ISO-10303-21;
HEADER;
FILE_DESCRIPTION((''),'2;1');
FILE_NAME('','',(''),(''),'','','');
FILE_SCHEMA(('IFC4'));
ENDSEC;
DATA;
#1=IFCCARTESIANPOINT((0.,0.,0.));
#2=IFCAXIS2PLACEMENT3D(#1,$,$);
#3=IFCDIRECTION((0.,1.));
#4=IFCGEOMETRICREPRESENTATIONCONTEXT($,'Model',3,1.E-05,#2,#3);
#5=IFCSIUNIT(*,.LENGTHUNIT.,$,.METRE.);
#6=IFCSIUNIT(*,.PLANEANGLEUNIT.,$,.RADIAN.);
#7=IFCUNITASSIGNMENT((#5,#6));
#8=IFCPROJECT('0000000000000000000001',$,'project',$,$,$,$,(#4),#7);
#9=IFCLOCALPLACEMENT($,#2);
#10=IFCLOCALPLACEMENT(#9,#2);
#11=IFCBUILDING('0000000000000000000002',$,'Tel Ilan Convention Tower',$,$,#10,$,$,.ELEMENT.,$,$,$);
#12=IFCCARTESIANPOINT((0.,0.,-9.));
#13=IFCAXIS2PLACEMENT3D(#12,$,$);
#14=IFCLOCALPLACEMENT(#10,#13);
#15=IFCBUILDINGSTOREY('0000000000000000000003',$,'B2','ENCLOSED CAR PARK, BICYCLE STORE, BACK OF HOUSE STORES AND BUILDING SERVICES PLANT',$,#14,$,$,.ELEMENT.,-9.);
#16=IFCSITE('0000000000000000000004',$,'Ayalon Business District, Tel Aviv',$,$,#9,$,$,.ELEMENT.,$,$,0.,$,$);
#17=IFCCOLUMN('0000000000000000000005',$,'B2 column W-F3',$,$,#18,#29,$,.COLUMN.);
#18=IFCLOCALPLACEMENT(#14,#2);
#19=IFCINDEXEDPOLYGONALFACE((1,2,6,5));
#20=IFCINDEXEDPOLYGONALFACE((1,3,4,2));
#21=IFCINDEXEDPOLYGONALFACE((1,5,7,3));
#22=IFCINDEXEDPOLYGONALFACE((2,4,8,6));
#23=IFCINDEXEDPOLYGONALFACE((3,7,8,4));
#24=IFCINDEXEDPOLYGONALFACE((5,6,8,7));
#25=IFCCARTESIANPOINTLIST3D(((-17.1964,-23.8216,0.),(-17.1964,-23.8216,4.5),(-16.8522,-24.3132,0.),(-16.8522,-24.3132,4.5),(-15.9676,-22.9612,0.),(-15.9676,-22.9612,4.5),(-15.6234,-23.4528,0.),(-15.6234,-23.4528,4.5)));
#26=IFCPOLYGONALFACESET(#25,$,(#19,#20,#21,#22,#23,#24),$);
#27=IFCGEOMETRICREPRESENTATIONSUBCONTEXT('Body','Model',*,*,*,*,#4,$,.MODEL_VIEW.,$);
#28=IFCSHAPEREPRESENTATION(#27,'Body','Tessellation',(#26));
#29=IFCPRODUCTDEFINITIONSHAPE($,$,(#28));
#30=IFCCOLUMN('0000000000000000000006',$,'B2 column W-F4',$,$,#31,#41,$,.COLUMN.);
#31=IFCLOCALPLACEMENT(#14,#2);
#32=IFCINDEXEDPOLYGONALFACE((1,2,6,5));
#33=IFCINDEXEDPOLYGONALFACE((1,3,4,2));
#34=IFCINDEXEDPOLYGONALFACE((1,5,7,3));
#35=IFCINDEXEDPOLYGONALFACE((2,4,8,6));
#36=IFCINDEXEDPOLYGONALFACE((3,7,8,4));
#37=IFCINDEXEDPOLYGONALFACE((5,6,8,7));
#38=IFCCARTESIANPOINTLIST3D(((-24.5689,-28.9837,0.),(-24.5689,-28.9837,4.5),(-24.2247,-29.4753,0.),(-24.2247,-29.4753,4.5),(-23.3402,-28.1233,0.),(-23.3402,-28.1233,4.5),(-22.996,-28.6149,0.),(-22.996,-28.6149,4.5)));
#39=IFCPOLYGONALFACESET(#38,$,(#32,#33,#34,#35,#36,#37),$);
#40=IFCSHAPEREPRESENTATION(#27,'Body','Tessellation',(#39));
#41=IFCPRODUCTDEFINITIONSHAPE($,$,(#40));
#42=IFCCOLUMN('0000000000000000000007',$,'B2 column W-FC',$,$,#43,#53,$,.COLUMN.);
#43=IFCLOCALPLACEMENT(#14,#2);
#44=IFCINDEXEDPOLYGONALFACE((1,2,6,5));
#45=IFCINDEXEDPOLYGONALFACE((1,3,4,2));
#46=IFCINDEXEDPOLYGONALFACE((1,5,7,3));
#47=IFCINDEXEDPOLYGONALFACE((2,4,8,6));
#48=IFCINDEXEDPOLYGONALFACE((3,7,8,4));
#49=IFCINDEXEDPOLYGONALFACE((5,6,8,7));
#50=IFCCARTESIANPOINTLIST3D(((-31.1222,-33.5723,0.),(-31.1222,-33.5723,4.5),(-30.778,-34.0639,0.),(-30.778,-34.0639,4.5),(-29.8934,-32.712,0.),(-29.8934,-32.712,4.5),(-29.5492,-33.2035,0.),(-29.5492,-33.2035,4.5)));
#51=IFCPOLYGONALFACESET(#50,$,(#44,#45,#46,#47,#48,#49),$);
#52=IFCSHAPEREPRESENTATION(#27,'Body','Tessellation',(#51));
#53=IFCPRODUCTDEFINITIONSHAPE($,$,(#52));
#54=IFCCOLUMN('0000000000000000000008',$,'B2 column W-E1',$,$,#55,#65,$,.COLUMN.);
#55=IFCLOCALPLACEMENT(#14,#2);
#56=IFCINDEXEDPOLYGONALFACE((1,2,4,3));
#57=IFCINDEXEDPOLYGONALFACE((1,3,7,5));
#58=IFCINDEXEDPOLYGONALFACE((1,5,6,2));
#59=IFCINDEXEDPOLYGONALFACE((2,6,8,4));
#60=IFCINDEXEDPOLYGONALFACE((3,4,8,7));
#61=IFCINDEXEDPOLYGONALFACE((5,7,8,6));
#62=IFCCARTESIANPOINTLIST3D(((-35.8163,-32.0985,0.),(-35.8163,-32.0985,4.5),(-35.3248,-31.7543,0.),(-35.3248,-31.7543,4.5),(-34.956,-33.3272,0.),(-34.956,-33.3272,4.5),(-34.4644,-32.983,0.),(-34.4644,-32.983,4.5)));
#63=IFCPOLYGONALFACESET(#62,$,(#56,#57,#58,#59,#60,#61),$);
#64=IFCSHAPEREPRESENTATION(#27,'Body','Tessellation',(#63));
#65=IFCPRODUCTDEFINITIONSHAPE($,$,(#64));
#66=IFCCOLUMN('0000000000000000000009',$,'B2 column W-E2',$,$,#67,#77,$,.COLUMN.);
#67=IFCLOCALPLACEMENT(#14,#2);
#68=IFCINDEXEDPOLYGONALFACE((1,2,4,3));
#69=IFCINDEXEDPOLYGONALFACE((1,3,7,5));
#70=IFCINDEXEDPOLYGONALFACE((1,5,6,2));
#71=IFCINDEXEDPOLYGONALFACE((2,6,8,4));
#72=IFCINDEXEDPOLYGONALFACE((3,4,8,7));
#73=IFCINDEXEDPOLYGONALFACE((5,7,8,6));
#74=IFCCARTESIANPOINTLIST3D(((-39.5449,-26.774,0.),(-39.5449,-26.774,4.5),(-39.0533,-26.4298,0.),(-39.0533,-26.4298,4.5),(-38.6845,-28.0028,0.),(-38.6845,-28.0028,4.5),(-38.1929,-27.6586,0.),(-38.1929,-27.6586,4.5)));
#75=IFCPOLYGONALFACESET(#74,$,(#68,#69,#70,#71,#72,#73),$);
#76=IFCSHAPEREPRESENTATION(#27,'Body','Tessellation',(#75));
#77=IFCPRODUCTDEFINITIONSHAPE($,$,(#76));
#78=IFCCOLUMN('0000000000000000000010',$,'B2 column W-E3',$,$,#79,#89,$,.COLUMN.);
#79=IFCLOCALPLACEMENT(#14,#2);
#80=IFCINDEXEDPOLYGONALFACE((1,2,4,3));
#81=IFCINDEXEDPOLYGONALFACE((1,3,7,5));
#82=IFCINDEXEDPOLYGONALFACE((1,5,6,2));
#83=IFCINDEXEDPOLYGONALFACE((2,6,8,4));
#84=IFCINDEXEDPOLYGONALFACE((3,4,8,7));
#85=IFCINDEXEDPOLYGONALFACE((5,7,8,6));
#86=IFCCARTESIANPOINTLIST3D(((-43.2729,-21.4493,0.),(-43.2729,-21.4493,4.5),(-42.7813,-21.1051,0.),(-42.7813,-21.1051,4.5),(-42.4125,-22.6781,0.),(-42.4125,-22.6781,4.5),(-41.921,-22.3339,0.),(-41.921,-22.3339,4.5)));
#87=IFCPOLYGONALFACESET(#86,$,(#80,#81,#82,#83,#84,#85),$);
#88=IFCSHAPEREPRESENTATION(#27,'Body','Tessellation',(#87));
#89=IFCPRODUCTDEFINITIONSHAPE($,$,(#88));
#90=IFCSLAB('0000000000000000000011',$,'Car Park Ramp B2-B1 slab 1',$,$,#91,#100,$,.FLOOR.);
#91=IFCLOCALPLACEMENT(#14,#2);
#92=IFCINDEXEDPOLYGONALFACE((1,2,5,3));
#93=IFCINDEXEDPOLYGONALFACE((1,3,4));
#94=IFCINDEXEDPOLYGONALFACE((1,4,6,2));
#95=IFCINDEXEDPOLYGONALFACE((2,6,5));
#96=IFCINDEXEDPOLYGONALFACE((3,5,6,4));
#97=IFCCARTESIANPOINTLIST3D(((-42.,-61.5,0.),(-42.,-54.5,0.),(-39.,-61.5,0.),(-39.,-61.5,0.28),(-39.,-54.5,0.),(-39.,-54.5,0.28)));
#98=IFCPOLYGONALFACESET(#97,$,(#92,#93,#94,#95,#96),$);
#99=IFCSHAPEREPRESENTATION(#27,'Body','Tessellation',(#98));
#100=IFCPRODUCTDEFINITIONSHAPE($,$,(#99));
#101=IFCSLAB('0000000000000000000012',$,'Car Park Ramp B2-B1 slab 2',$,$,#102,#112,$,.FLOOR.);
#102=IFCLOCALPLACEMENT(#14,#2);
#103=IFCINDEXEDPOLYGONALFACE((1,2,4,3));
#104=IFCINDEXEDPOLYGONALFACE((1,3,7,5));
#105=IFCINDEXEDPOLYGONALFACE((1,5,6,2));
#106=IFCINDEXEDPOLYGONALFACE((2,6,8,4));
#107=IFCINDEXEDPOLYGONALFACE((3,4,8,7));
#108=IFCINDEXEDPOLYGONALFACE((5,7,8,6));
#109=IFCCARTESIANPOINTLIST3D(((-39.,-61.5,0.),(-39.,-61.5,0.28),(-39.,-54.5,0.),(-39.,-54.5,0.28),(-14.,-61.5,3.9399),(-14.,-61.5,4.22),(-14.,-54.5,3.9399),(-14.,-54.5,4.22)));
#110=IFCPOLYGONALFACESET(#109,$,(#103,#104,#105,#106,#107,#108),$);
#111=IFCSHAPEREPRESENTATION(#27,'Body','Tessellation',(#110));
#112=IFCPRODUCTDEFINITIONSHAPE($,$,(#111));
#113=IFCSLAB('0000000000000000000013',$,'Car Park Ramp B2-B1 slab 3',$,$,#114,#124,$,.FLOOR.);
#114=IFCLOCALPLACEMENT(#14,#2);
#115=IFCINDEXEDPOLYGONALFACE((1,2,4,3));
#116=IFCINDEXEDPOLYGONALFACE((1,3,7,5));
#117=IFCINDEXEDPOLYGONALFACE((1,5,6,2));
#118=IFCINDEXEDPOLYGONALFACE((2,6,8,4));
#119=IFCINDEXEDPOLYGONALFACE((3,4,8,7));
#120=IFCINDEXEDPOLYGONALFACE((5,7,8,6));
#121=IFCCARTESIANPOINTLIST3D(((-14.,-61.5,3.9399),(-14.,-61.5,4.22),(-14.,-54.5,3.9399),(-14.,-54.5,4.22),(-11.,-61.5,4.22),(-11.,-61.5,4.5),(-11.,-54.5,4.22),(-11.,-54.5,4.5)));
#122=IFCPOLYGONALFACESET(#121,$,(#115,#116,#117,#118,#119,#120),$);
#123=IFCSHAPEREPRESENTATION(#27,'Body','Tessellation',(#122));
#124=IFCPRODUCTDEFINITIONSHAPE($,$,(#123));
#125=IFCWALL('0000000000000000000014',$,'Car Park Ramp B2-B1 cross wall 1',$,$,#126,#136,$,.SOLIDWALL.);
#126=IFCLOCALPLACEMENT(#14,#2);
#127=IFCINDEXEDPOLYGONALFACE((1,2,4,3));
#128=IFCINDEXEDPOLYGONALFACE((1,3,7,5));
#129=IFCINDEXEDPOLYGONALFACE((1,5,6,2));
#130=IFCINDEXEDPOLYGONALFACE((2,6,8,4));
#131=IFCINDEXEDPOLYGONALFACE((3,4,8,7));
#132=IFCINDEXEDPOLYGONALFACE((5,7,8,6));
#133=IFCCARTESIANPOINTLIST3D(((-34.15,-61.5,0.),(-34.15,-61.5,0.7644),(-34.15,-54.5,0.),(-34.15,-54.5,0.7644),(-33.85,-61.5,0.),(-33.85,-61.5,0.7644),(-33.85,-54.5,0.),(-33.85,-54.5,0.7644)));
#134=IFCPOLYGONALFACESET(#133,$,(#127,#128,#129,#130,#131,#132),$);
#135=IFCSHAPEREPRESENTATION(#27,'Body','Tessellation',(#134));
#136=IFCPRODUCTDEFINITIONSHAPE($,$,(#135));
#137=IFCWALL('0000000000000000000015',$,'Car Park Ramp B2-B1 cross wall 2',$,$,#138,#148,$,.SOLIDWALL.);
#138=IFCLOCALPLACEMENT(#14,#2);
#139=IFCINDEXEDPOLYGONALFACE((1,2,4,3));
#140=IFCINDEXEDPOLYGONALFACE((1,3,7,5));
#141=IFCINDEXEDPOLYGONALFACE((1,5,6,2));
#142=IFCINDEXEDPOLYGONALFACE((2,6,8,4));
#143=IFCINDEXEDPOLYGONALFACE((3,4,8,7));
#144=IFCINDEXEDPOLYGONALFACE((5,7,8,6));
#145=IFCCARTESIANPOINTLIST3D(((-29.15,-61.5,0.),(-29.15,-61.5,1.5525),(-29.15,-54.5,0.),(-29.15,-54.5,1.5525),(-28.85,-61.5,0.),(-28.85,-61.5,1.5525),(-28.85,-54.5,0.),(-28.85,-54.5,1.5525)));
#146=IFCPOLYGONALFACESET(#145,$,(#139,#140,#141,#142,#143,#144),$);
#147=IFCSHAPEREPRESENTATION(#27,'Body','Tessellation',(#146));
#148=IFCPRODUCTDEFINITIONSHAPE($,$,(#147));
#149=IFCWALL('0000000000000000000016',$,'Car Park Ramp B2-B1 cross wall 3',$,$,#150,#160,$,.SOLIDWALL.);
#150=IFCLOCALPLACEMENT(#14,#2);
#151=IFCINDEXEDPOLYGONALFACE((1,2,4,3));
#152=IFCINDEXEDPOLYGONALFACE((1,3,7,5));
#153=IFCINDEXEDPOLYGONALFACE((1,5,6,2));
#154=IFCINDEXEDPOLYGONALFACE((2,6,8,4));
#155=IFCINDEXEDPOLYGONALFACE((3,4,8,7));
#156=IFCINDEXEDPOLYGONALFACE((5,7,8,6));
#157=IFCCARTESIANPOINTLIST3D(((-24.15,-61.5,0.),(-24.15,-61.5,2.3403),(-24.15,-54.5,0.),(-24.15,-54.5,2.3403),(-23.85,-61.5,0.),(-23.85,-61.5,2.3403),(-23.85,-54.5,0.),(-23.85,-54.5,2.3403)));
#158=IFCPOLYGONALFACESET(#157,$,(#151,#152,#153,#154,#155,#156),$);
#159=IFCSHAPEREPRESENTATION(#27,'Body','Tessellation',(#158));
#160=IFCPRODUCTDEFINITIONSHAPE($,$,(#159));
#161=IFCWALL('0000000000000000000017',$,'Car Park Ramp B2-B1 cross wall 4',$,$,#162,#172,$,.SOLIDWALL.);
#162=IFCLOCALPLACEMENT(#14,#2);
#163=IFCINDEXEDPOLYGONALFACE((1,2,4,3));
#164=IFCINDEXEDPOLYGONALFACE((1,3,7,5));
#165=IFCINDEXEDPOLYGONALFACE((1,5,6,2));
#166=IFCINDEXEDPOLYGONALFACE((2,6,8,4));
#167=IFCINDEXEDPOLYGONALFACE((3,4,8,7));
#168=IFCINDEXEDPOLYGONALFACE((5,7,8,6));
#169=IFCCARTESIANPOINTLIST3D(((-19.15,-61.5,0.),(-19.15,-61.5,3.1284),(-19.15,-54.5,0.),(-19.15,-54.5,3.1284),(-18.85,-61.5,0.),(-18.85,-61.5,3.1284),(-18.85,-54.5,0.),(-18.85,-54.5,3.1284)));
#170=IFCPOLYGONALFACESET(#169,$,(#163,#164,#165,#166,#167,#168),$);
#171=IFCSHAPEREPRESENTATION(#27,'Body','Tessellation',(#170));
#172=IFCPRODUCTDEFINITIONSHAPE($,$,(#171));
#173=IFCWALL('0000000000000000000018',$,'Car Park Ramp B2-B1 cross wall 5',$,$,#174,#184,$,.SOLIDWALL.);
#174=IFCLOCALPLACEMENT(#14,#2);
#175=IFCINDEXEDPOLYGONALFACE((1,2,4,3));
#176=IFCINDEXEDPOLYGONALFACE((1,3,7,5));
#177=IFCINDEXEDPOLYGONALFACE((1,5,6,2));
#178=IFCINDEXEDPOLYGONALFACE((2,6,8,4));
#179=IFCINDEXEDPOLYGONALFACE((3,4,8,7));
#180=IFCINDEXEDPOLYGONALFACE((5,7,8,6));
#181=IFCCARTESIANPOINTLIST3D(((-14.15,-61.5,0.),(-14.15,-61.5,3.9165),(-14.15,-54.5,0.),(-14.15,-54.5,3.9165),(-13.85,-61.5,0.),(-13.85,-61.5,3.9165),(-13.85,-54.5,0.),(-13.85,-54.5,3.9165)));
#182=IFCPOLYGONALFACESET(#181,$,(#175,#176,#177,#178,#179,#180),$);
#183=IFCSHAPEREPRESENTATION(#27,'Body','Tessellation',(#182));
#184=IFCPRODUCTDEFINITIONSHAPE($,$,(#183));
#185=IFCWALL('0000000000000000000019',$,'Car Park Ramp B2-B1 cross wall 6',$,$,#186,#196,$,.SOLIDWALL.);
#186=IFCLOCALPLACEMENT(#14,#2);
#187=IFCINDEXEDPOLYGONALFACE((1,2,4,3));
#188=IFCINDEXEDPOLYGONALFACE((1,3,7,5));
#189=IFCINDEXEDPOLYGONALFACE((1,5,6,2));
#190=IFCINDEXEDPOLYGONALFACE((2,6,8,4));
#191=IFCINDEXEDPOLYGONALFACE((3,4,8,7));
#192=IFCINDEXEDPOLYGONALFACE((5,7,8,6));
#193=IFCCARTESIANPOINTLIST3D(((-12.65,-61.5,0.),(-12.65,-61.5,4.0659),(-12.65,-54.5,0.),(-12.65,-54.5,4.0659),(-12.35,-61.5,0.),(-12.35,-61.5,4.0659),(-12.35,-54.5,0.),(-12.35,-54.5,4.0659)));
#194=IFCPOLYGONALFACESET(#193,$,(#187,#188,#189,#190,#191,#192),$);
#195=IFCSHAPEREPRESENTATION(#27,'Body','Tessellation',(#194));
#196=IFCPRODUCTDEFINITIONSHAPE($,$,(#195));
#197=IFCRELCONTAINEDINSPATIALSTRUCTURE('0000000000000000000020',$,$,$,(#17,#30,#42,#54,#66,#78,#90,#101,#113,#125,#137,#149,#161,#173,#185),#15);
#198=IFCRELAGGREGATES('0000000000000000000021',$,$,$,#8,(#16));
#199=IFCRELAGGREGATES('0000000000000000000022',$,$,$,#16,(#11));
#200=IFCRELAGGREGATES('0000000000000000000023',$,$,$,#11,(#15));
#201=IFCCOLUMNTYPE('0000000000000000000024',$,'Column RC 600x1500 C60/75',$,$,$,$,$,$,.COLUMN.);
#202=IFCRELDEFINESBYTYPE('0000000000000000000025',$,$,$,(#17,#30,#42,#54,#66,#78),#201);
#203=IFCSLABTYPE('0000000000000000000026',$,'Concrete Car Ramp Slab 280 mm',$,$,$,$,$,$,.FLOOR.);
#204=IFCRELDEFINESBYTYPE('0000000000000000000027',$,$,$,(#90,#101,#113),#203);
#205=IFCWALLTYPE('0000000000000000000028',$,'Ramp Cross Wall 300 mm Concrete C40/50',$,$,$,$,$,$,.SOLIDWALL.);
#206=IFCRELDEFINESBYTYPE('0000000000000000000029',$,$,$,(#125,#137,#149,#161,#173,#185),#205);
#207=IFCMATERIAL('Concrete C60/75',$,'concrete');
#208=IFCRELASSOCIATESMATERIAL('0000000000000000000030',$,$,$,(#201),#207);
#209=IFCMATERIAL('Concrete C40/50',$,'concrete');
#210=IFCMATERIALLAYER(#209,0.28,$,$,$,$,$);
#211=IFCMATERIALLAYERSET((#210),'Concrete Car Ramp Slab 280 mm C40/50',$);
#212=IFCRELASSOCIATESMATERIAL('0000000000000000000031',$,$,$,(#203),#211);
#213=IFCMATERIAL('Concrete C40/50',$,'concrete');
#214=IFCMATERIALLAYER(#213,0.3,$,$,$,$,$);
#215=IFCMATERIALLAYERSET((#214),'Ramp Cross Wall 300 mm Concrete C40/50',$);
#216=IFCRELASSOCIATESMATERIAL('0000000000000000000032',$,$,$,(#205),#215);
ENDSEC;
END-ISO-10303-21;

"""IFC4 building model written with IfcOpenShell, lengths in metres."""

from ifc_helpers import new_model, si_unit, direction, frame, frame_2d, origin, origin_2d, place, context, subcontext, project, spatial, polyline, rectangle, outline, extrude, material, layer, layer_set, material_profile, profile_set, type_object, element, save


model = new_model("IFC4")

# Units and contexts
model_context = context("Model", 3, precision=1e-05, world=origin(), true_north=direction((0.0, 1.0)))
body_context = subcontext(model_context, "Body", "Model", "MODEL_VIEW")
ifc_project = project(units=[si_unit("LENGTHUNIT", "METRE"), si_unit("PLANEANGLEUNIT", "RADIAN")], contexts=[model_context])

# Site, building, storey
site_placement = place(None, origin())
site = spatial("IfcSite", under=ifc_project, at=site_placement, Name="Ayalon Business District, Tel Aviv", CompositionType="ELEMENT", RefElevation=0.0)
building_placement = place(site_placement, origin())
building = spatial("IfcBuilding", under=site, at=building_placement, Name="Tel Ilan Convention Tower", CompositionType="ELEMENT")
storey_placement = place(building_placement, frame((0.0, 0.0, -9.0)))
storey = spatial("IfcBuildingStorey", under=building, at=storey_placement, Name="B2", Description="ENCLOSED CAR PARK, BICYCLE STORE, BACK OF HOUSE STORES AND BUILDING SERVICES PLANT", CompositionType="ELEMENT", Elevation=-9.0)

# Columns
ifc_material_1 = material(Name="Concrete C60/75", Category="concrete")
ifc_material_profile_1 = material_profile(ifc_material_1, rectangle(XDim=1.5, YDim=0.6001, at=origin_2d()), Name="RC 600x1500")
ifc_profile_set_1 = profile_set([ifc_material_profile_1], Name="Concrete C60/75")
column_type_1 = type_object("IfcColumnType", Name="Column RC 600x1500 C60/75", PredefinedType="COLUMN", material=ifc_profile_set_1)
for number, where, z_axis, x_axis, name in (
    (1, (-16.4099, -23.6372, 0.0), (0.0, 0.0, 1.0), (-0.819152, -0.573576, 0.0), "B2 column W-F3"),
    (2, (-23.7825, -28.7993, 0.0), (0.0, 0.0, 1.0), (-0.819152, -0.573576, 0.0), "B2 column W-F4"),
    (3, (-30.3357, -33.3879, 0.0), (0.0, 0.0, 1.0), (-0.819152, -0.573576, 0.0), "B2 column W-FC"),
    (4, (-35.1404, -32.5408, 0.0), (0.0, 0.0, 1.0), (-0.573576, 0.819152, 0.0), "B2 column W-E1"),
    (5, (-38.8689, -27.2163, 0.0), (0.0, 0.0, 1.0), (-0.573576, 0.819152, 0.0), "B2 column W-E2"),
    (6, (-42.5969, -21.8916, 0.0), (0.0, 0.0, 1.0), (-0.573576, 0.819152, 0.0), "B2 column W-E3"),
):
    element("IfcColumn", number, at=place(storey_placement, frame(where, z_axis=z_axis, x_axis=x_axis)), inside=storey, type_object=column_type_1, Name=name, PredefinedType="COLUMN", context=body_context, shape_type="SweptSolid", body=[
        extrude(rectangle(XDim=1.5, YDim=0.6001, at=origin_2d()), origin(), (0.0, 0.0, 1.0), 4.5),
    ])

# Slabs
ifc_material_2 = material(Name="Concrete C40/50", Category="concrete")
ifc_layer_1 = layer(ifc_material_2, 0.28)
ifc_layer_set_1 = layer_set([ifc_layer_1], Name="Concrete Car Ramp Slab 280 mm C40/50")
slab_type = type_object("IfcSlabType", Name="Concrete Car Ramp Slab 280 mm", PredefinedType="FLOOR", material=ifc_layer_set_1)
slab_1_placement = place(storey_placement, frame((-42.0, -58.0, 0.0), z_axis=(0.0, 0.0, 1.0), x_axis=(1.0, 0.0, 0.0)))
element("IfcSlab", 7, at=slab_1_placement, inside=storey, type_object=slab_type, Name="Car Park Ramp B2-B1 slab 1", PredefinedType="FLOOR", context=body_context, shape_type="SweptSolid", body=[
    extrude(outline(polyline([(0.0, 0.0), (3.0, 0.0), (3.0, 0.28), (0.0, 0.0), (0.0, 0.0)])), frame((0.0, 3.5, 0.0), z_axis=(0.0, -1.0, 0.0), x_axis=(1.0, 0.0, 0.0)), (0.0, 0.0, 1.0), 7.0),
])
slab_2_placement = place(storey_placement, frame((-39.0, -61.5, 0.28), z_axis=(-0.155676, 0.0, 0.987808), x_axis=(0.987808, 0.0, 0.155676)))
element("IfcSlab", 8, at=slab_2_placement, inside=storey, type_object=slab_type, Name="Car Park Ramp B2-B1 slab 2", PredefinedType="FLOOR", context=body_context, shape_type="SweptSolid", body=[
    extrude(outline(polyline([(0.0, 0.0), (25.3086, 0.0), (25.3086, 7.0), (0.0, 7.0), (0.0, 0.0)])), origin(), (-0.155676, 0.0, -0.987808), 0.28),
])
slab_3_placement = place(storey_placement, frame((-14.0, -61.5, 4.22), z_axis=(-0.092939, 0.0, 0.995672), x_axis=(0.995672, 0.0, 0.092939)))
element("IfcSlab", 9, at=slab_3_placement, inside=storey, type_object=slab_type, Name="Car Park Ramp B2-B1 slab 3", PredefinedType="FLOOR", context=body_context, shape_type="SweptSolid", body=[
    extrude(outline(polyline([(0.0, 0.0), (3.013, 0.0), (3.013, 7.0), (0.0, 7.0), (0.0, 0.0)])), origin(), (-0.092939, 0.0, -0.995672), 0.28),
])

# Walls
ifc_material_3 = material(Name="Concrete C40/50", Category="concrete")
ifc_layer_2 = layer(ifc_material_3, 0.3)
ifc_layer_set_2 = layer_set([ifc_layer_2], Name="Ramp Cross Wall 300 mm Concrete C40/50")
wall_type = type_object("IfcWallType", Name="Ramp Cross Wall 300 mm Concrete C40/50", PredefinedType="SOLIDWALL", material=ifc_layer_set_2)
wall_1_placement = place(storey_placement, frame((-34.0, -61.5, 0.0), z_axis=(0.0, 0.0, 1.0), x_axis=(0.0, 1.0, 0.0)))
element("IfcWall", 10, at=wall_1_placement, inside=storey, type_object=wall_type, Name="Car Park Ramp B2-B1 cross wall 1", PredefinedType="SOLIDWALL", context=body_context, shape_type="SweptSolid", body=[
    extrude(rectangle(XDim=7.0, YDim=0.3, at=frame_2d((3.5, 0.0))), origin(), (0.0, 0.0, 1.0), 0.7644),
])
wall_2_placement = place(storey_placement, frame((-29.0, -61.5, 0.0), z_axis=(0.0, 0.0, 1.0), x_axis=(0.0, 1.0, 0.0)))
element("IfcWall", 11, at=wall_2_placement, inside=storey, type_object=wall_type, Name="Car Park Ramp B2-B1 cross wall 2", PredefinedType="SOLIDWALL", context=body_context, shape_type="SweptSolid", body=[
    extrude(rectangle(XDim=7.0, YDim=0.3, at=frame_2d((3.5, 0.0))), origin(), (0.0, 0.0, 1.0), 1.5525),
])
wall_3_placement = place(storey_placement, frame((-24.0, -61.5, 0.0), z_axis=(0.0, 0.0, 1.0), x_axis=(0.0, 1.0, 0.0)))
element("IfcWall", 12, at=wall_3_placement, inside=storey, type_object=wall_type, Name="Car Park Ramp B2-B1 cross wall 3", PredefinedType="SOLIDWALL", context=body_context, shape_type="SweptSolid", body=[
    extrude(rectangle(XDim=7.0, YDim=0.3, at=frame_2d((3.5, 0.0))), origin(), (0.0, 0.0, 1.0), 2.3403),
])
wall_4_placement = place(storey_placement, frame((-19.0, -61.5, 0.0), z_axis=(0.0, 0.0, 1.0), x_axis=(0.0, 1.0, 0.0)))
element("IfcWall", 13, at=wall_4_placement, inside=storey, type_object=wall_type, Name="Car Park Ramp B2-B1 cross wall 4", PredefinedType="SOLIDWALL", context=body_context, shape_type="SweptSolid", body=[
    extrude(rectangle(XDim=7.0, YDim=0.3, at=frame_2d((3.5, 0.0))), origin(), (0.0, 0.0, 1.0), 3.1284),
])
wall_5_placement = place(storey_placement, frame((-14.0, -61.5, 0.0), z_axis=(0.0, 0.0, 1.0), x_axis=(0.0, 1.0, 0.0)))
element("IfcWall", 14, at=wall_5_placement, inside=storey, type_object=wall_type, Name="Car Park Ramp B2-B1 cross wall 5", PredefinedType="SOLIDWALL", context=body_context, shape_type="SweptSolid", body=[
    extrude(rectangle(XDim=7.0, YDim=0.3, at=frame_2d((3.5, 0.0))), origin(), (0.0, 0.0, 1.0), 3.9165),
])
wall_6_placement = place(storey_placement, frame((-12.5, -61.5, 0.0), z_axis=(0.0, 0.0, 1.0), x_axis=(0.0, 1.0, 0.0)))
element("IfcWall", 15, at=wall_6_placement, inside=storey, type_object=wall_type, Name="Car Park Ramp B2-B1 cross wall 6", PredefinedType="SOLIDWALL", context=body_context, shape_type="SweptSolid", body=[
    extrude(rectangle(XDim=7.0, YDim=0.3, at=frame_2d((3.5, 0.0))), origin(), (0.0, 0.0, 1.0), 4.0659),
])

save(model, "model.ifc")
